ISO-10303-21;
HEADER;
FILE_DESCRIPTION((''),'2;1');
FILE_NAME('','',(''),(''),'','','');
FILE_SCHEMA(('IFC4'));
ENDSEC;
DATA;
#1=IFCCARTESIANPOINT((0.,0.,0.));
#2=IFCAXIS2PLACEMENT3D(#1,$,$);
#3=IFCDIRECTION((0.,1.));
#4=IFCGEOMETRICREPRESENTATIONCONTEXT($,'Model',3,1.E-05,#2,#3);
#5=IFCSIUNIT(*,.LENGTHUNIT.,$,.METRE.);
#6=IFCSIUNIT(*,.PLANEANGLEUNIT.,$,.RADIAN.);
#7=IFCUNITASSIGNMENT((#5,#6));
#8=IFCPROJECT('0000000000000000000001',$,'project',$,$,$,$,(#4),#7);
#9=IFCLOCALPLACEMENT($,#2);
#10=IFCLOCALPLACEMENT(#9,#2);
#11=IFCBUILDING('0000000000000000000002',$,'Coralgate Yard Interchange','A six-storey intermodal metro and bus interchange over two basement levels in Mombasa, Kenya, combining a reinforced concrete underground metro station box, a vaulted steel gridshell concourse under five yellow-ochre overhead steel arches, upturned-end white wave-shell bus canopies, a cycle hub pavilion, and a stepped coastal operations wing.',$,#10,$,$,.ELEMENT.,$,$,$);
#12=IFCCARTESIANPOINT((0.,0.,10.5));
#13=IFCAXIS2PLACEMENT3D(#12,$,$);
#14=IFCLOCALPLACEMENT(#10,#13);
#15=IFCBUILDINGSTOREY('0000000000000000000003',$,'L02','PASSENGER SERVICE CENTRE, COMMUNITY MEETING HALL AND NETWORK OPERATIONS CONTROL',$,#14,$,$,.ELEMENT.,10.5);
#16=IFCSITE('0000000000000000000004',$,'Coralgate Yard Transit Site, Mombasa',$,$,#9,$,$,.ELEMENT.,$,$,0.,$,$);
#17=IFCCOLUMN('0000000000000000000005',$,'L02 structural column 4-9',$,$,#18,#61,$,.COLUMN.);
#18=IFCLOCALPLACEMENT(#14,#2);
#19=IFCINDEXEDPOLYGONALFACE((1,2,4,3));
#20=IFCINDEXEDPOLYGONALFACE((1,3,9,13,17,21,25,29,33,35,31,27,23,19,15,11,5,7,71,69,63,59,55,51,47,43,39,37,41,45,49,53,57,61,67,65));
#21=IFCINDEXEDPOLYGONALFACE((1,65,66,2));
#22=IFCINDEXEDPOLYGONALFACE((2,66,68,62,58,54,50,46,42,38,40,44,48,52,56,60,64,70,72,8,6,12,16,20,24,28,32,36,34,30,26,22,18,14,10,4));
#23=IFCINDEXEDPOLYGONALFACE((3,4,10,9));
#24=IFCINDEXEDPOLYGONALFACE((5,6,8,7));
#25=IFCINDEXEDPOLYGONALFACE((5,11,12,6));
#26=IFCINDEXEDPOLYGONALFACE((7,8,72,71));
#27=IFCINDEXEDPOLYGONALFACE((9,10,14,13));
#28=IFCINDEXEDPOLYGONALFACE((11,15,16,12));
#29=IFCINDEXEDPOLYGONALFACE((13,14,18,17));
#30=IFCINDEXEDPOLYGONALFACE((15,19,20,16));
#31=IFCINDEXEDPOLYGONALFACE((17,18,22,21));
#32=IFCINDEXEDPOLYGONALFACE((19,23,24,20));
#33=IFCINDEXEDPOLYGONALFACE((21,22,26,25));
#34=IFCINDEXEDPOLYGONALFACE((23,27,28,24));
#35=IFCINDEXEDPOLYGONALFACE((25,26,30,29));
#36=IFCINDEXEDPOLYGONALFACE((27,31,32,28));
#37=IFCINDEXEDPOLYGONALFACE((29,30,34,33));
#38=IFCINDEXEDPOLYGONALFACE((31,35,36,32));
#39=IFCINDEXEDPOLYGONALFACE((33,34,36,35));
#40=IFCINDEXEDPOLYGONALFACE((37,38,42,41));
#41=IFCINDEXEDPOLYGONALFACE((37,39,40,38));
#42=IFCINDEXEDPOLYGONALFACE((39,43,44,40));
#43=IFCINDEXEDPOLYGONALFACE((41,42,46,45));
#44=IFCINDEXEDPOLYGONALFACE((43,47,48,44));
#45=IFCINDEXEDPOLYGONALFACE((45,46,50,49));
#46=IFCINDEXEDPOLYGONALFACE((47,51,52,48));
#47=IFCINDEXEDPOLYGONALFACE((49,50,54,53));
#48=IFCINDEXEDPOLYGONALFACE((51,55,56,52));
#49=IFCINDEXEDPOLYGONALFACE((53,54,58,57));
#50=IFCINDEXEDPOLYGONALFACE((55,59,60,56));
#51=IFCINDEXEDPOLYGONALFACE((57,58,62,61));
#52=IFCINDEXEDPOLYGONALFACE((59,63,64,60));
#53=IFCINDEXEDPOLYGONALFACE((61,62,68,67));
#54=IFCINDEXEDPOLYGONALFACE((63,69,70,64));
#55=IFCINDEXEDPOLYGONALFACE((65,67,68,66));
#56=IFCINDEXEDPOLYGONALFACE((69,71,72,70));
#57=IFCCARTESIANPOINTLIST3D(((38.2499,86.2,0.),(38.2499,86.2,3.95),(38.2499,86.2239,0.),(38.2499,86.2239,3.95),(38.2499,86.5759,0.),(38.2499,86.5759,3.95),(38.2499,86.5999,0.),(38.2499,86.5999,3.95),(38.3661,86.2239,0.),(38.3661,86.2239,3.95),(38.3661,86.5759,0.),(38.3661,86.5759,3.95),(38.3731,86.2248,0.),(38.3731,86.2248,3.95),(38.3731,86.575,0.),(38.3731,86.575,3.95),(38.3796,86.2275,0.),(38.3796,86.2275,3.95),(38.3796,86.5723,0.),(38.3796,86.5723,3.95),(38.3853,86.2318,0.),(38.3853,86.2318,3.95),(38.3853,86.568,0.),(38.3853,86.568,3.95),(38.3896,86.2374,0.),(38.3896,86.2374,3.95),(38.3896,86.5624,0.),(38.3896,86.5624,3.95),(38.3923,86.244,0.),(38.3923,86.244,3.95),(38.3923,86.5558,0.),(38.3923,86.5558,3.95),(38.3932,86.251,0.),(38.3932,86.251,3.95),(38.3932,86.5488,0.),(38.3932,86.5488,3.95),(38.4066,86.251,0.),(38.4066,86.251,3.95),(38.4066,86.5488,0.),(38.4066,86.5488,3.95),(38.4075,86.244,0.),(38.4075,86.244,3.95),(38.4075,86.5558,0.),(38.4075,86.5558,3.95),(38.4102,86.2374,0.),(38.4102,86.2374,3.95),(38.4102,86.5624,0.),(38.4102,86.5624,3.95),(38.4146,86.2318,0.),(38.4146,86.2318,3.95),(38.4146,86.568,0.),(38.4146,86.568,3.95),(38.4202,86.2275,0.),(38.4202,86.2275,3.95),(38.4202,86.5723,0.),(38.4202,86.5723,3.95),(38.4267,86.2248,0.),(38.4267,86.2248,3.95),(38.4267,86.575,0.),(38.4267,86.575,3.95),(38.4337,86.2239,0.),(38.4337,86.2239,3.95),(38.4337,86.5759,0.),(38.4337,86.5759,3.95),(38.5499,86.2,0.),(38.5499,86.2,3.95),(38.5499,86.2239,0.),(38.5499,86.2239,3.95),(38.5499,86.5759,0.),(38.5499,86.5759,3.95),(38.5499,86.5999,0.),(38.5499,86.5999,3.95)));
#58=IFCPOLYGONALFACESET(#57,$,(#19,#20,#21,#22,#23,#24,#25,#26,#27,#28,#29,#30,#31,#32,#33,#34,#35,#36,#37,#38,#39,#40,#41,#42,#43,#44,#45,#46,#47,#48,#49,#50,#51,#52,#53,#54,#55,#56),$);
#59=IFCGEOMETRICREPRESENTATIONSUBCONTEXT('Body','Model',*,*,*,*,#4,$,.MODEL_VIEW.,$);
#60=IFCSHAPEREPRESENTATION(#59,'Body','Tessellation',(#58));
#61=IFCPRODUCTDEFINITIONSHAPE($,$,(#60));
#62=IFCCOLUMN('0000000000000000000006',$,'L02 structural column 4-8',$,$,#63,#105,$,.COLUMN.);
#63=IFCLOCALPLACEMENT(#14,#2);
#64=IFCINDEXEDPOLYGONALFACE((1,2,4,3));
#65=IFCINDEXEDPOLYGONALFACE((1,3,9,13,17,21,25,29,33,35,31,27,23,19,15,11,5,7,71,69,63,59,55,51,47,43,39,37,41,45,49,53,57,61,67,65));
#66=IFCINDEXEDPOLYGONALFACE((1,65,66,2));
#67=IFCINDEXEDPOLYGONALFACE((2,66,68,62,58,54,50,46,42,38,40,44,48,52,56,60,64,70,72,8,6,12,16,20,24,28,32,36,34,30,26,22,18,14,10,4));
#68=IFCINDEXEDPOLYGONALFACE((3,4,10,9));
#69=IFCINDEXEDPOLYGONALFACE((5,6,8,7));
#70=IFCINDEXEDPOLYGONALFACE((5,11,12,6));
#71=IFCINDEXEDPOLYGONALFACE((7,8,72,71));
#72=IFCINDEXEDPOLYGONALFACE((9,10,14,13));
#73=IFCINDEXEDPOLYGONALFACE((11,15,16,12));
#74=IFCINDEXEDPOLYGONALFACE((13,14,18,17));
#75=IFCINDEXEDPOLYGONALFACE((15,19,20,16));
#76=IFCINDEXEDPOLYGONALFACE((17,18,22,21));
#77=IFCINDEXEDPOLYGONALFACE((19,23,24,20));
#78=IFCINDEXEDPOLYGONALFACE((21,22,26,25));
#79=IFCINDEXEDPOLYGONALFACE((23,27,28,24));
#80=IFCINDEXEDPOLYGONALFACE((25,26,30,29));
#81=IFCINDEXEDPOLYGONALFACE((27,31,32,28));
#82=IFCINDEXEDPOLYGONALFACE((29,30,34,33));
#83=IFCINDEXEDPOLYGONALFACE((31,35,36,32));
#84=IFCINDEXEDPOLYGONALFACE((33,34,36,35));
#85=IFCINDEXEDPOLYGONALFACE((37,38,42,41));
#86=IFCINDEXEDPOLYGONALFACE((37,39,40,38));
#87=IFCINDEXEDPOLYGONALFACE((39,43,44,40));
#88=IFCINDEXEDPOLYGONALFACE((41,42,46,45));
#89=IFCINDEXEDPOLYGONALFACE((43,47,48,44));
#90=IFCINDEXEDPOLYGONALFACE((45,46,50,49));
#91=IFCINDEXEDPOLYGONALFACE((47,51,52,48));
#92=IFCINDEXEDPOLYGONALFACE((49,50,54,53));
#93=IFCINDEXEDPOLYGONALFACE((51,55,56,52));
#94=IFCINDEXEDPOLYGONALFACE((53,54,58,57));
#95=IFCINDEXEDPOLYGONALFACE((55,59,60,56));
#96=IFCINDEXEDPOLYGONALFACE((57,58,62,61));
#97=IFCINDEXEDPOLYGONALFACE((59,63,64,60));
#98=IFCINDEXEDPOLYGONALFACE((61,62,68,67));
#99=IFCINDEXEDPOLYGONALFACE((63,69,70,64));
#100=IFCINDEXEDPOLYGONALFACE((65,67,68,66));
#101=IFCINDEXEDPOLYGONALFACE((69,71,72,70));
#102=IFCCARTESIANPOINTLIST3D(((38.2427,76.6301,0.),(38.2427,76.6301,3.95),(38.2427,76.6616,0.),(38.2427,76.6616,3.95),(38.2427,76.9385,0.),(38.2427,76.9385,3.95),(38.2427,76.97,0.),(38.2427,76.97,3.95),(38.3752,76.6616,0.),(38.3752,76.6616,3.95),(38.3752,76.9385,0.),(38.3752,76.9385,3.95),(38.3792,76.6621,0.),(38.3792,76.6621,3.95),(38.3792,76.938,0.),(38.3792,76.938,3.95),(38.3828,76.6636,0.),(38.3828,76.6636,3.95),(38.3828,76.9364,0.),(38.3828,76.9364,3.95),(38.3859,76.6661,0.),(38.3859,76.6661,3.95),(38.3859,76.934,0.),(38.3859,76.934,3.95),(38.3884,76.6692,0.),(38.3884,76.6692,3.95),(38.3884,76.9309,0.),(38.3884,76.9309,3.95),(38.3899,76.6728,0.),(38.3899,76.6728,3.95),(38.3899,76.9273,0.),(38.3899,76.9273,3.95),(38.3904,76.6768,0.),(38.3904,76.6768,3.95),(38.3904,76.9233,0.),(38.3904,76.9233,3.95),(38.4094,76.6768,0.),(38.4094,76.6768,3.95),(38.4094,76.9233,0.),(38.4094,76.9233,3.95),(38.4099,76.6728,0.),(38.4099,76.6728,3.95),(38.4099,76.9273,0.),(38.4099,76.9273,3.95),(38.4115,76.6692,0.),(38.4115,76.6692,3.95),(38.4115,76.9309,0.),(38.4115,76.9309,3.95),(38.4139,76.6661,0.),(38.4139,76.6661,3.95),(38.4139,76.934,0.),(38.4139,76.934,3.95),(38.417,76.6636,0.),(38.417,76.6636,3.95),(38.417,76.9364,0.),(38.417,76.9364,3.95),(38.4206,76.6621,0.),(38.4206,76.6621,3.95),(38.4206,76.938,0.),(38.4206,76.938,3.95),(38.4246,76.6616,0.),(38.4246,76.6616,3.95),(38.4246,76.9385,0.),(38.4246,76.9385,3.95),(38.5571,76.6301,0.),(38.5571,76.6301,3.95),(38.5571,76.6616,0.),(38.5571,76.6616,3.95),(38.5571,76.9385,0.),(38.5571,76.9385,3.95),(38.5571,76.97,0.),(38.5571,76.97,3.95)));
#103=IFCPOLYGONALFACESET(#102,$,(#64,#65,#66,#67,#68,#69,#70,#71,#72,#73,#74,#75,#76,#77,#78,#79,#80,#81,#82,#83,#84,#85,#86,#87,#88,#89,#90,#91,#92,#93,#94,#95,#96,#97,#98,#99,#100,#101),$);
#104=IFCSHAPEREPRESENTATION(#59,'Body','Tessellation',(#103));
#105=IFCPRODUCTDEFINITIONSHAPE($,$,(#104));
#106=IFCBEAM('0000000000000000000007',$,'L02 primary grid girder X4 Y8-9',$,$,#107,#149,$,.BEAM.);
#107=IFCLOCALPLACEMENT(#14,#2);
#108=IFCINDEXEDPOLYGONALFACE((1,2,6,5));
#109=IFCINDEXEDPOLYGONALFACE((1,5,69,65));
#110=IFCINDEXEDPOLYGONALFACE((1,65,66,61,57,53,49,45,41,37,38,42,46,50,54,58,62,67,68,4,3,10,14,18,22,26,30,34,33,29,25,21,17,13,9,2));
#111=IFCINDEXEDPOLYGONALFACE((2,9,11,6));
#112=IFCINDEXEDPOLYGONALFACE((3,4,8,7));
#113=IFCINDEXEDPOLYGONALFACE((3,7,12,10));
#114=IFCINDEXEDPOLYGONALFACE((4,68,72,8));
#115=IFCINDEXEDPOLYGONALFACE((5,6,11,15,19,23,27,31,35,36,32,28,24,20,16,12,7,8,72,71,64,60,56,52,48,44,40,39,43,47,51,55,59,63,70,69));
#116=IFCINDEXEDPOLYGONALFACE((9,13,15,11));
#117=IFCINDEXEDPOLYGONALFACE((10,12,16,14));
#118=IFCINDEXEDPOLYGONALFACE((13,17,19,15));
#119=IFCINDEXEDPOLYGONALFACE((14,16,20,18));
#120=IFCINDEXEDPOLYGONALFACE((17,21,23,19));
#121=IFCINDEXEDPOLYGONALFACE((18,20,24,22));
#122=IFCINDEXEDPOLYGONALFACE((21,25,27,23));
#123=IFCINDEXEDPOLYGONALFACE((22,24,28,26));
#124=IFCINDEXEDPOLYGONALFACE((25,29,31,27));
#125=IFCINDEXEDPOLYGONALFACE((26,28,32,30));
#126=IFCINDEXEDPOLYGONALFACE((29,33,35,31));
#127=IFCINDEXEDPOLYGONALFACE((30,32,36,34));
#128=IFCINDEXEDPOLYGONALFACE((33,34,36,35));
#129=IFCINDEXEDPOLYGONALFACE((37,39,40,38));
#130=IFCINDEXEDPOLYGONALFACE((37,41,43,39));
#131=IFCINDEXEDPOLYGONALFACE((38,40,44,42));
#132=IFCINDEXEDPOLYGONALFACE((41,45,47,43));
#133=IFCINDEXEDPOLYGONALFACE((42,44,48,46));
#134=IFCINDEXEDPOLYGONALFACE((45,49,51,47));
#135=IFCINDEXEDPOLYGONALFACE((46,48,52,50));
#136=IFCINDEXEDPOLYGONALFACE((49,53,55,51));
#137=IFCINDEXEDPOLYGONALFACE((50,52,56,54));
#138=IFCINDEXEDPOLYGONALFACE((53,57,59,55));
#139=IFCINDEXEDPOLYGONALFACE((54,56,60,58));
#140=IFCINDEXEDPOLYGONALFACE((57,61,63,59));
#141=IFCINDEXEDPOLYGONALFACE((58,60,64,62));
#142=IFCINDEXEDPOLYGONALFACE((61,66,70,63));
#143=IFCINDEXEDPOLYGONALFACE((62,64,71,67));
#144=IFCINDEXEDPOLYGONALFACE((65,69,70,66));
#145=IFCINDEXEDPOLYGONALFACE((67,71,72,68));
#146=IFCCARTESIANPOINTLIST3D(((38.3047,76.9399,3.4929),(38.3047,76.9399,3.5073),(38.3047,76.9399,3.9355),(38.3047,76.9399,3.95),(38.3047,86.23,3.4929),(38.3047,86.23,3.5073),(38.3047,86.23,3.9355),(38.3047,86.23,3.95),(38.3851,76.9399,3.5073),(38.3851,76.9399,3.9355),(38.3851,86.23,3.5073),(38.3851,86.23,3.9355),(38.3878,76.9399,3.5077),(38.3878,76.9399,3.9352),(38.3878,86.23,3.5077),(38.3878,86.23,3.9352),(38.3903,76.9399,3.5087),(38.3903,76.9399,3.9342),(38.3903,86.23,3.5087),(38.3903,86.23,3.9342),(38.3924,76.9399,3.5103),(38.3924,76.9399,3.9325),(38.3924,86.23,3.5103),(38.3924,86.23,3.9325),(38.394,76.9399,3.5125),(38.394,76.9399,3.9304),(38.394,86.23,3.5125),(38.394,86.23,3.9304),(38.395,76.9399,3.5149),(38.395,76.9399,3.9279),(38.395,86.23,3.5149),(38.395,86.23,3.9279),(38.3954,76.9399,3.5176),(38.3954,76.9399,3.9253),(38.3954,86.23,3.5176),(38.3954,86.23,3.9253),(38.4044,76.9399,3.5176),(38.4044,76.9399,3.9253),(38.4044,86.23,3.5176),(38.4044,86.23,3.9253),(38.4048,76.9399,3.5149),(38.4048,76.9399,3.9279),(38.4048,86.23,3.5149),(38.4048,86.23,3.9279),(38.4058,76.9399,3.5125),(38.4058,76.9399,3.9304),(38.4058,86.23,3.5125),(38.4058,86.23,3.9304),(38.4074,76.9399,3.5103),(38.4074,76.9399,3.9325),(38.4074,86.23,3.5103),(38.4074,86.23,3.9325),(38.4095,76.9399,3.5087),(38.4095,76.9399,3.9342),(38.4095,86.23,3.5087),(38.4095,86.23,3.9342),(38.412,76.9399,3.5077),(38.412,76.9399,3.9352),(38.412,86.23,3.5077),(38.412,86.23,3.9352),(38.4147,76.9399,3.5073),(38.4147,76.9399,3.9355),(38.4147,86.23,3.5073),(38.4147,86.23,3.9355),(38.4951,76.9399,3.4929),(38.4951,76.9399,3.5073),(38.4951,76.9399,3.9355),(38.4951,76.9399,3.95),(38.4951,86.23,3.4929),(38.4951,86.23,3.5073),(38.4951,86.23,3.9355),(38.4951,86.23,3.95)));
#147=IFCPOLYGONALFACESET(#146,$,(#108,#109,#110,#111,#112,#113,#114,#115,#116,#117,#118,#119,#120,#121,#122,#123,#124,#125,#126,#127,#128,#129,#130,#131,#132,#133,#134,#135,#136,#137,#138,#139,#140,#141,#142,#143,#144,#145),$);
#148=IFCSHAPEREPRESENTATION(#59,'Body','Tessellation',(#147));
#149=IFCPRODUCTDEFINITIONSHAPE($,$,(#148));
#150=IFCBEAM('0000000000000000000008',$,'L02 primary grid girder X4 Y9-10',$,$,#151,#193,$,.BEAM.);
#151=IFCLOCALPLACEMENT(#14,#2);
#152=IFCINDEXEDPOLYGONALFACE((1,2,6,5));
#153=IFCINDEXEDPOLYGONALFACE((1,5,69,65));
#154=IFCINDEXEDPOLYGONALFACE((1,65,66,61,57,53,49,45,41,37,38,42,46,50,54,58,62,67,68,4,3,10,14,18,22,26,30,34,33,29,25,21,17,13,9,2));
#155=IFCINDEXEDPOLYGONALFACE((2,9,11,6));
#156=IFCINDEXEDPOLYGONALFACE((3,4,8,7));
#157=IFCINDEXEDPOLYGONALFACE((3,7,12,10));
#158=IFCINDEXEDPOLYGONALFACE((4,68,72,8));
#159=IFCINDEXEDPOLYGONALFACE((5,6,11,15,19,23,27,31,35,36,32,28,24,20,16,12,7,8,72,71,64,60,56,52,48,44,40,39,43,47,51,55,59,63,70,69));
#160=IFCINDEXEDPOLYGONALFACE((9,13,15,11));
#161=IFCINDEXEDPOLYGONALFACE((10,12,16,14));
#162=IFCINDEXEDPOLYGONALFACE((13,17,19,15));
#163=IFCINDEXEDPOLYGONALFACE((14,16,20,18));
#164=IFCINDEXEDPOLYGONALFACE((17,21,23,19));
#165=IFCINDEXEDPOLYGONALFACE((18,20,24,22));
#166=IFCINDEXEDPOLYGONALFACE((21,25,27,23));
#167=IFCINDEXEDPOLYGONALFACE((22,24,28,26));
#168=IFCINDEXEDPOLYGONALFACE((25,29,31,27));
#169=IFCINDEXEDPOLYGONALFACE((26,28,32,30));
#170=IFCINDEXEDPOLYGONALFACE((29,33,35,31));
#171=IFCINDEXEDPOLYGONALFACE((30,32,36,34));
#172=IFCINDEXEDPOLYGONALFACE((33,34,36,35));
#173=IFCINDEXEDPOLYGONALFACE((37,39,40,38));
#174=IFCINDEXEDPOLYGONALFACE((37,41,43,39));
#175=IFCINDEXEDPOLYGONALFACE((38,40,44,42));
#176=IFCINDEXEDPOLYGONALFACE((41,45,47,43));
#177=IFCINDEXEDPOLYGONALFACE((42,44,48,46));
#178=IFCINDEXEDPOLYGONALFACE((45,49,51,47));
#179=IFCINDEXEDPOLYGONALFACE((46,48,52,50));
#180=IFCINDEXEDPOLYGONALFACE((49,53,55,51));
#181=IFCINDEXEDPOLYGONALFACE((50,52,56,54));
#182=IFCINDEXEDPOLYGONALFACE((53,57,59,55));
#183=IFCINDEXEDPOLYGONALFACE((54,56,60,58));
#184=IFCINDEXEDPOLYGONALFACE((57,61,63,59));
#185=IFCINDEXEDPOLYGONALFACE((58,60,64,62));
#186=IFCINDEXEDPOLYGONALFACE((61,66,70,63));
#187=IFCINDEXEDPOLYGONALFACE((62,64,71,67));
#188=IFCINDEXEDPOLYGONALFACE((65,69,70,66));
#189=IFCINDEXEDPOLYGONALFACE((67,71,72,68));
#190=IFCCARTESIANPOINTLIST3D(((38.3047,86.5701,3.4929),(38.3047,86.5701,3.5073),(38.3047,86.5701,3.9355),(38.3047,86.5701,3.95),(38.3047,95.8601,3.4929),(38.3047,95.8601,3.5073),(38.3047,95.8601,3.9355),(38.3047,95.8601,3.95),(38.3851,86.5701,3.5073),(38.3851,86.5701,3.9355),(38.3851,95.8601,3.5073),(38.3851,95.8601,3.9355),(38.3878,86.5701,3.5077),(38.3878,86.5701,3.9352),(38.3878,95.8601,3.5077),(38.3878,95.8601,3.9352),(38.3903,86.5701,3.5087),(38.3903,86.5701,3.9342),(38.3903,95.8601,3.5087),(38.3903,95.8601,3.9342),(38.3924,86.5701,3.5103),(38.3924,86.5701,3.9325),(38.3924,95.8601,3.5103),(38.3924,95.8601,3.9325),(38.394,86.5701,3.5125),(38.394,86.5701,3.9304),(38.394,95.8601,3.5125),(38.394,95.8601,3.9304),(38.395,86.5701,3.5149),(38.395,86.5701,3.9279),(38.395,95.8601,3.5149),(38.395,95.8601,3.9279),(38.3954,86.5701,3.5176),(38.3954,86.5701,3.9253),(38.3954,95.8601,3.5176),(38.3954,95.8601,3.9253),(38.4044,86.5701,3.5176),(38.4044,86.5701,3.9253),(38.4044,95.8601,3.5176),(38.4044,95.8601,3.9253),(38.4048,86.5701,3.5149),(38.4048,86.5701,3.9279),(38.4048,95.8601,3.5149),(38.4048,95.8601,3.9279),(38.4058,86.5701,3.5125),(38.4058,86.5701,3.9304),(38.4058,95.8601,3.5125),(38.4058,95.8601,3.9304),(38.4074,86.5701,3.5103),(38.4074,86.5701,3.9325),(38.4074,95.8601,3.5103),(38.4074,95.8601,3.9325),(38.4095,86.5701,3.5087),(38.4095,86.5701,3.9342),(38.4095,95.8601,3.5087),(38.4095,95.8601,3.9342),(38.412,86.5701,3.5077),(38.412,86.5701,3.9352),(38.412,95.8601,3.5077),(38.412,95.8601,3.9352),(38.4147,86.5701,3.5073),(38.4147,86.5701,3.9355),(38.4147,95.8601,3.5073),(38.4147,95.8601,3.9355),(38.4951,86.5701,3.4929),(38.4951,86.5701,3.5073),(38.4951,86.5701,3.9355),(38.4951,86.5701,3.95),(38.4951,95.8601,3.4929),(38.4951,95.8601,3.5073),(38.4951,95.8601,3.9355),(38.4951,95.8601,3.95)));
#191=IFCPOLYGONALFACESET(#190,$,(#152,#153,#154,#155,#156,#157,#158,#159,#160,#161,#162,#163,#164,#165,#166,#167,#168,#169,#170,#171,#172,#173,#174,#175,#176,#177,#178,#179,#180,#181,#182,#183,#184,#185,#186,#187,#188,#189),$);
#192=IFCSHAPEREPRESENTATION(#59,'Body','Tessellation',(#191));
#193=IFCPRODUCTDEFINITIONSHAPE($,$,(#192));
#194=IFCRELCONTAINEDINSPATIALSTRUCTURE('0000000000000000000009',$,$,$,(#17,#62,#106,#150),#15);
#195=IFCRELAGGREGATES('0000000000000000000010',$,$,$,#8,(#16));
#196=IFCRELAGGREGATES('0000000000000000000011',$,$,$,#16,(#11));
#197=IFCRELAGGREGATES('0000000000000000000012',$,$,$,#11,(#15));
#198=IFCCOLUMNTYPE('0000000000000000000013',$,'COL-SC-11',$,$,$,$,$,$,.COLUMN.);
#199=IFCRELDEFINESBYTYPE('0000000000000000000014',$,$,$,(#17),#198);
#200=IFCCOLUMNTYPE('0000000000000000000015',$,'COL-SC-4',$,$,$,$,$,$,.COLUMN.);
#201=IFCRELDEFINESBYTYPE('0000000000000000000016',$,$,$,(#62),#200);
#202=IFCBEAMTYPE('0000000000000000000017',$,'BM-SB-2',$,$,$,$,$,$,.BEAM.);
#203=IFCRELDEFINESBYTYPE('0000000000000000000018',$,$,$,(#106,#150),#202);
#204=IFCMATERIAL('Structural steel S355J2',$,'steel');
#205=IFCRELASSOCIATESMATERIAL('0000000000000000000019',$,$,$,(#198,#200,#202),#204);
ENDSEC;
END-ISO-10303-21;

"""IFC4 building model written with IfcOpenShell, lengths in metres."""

from ifc_helpers import new_model, si_unit, direction, frame, origin, origin_2d, place, context, subcontext, project, spatial, i_section, extrude, material, material_profile, profile_set, type_object, element, save


model = new_model("IFC4")

# Units and contexts
model_context = context("Model", 3, precision=1e-05, world=origin(), true_north=direction((0.0, 1.0)))
body_context = subcontext(model_context, "Body", "Model", "MODEL_VIEW")
ifc_project = project(units=[si_unit("LENGTHUNIT", "METRE"), si_unit("PLANEANGLEUNIT", "RADIAN")], contexts=[model_context])

# Site, building, storey
site_placement = place(None, origin())
site = spatial("IfcSite", under=ifc_project, at=site_placement, Name="Coralgate Yard Transit Site, Mombasa", CompositionType="ELEMENT", RefElevation=0.0)
building_placement = place(site_placement, origin())
building = spatial("IfcBuilding", under=site, at=building_placement, Name="Coralgate Yard Interchange", Description="A six-storey intermodal metro and bus interchange over two basement levels in Mombasa, Kenya, combining a reinforced concrete underground metro station box, a vaulted steel gridshell concourse under five yellow-ochre overhead steel arches, upturned-end white wave-shell bus canopies, a cycle hub pavilion, and a stepped coastal operations wing.", CompositionType="ELEMENT")
storey_placement = place(building_placement, frame((0.0, 0.0, 10.5)))
storey = spatial("IfcBuildingStorey", under=building, at=storey_placement, Name="L02", Description="PASSENGER SERVICE CENTRE, COMMUNITY MEETING HALL AND NETWORK OPERATIONS CONTROL", CompositionType="ELEMENT", Elevation=10.5)

# Columns
ifc_material_1 = material(Name="Structural steel S355J2", Category="steel")
ifc_material_profile_1 = material_profile(ifc_material_1, i_section(OverallWidth=0.3, OverallDepth=0.3999, WebThickness=0.0134, FlangeThickness=0.0239, FilletRadius=0.0271, at=origin_2d()), Name="HEB 400")
ifc_profile_set_1 = profile_set([ifc_material_profile_1], Name="Structural steel S355J2")
column_type_1 = type_object("IfcColumnType", Name="COL-SC-11", PredefinedType="COLUMN", material=ifc_profile_set_1)
column_1_placement = place(storey_placement, frame((38.3999, 86.3999, 0.0), z_axis=(0.0, 0.0, 1.0), x_axis=(1.0, 0.0, 0.0)))
element("IfcColumn", 1, at=column_1_placement, inside=storey, type_object=column_type_1, Name="L02 structural column 4-9", PredefinedType="COLUMN", context=body_context, shape_type="SweptSolid", body=[
    extrude(i_section(OverallWidth=0.3, OverallDepth=0.3999, WebThickness=0.0134, FlangeThickness=0.0239, FilletRadius=0.0271, at=origin_2d()), origin(), (0.0, 0.0, 1.0), 3.95),
])
ifc_material_profile_2 = material_profile(ifc_material_1, i_section(OverallWidth=0.3145, OverallDepth=0.3398, WebThickness=0.019, FlangeThickness=0.0315, FilletRadius=0.0151, at=origin_2d()), Name="UC 305x305x198")
ifc_profile_set_2 = profile_set([ifc_material_profile_2], Name="Structural steel S355J2")
column_type_2 = type_object("IfcColumnType", Name="COL-SC-4", PredefinedType="COLUMN", material=ifc_profile_set_2)
column_2_placement = place(storey_placement, frame((38.3999, 76.8, 0.0), z_axis=(0.0, 0.0, 1.0), x_axis=(1.0, 0.0, 0.0)))
element("IfcColumn", 2, at=column_2_placement, inside=storey, type_object=column_type_2, Name="L02 structural column 4-8", PredefinedType="COLUMN", context=body_context, shape_type="SweptSolid", body=[
    extrude(i_section(OverallWidth=0.3145, OverallDepth=0.3398, WebThickness=0.019, FlangeThickness=0.0315, FilletRadius=0.0151, at=origin_2d()), origin(), (0.0, 0.0, 1.0), 3.95),
])

# Beams
ifc_material_profile_3 = material_profile(ifc_material_1, i_section(OverallWidth=0.1904, OverallDepth=0.457, WebThickness=0.009, FlangeThickness=0.0144, FilletRadius=0.0103, at=origin_2d()), Name="UB 457x191x74")
ifc_profile_set_3 = profile_set([ifc_material_profile_3], Name="Structural steel S355J2")
beam_type_1 = type_object("IfcBeamType", Name="BM-SB-2", PredefinedType="BEAM", material=ifc_profile_set_3)
for number, where, z_axis, x_axis, name in (
    (3, (38.3999, 76.9399, 3.7214), (0.0, 1.0, 0.0), (-1.0, 0.0, 0.0), "L02 primary grid girder X4 Y8-9"),
    (4, (38.3999, 86.5701, 3.7214), (0.0, 1.0, 0.0), (-1.0, 0.0, 0.0), "L02 primary grid girder X4 Y9-10"),
):
    element("IfcBeam", number, at=place(storey_placement, frame(where, z_axis=z_axis, x_axis=x_axis)), inside=storey, type_object=beam_type_1, Name=name, PredefinedType="BEAM", context=body_context, shape_type="SweptSolid", body=[
        extrude(i_section(OverallWidth=0.1904, OverallDepth=0.457, WebThickness=0.009, FlangeThickness=0.0144, FilletRadius=0.0103, at=origin_2d()), origin(), (0.0, 0.0, 1.0), 9.29),
    ])

save(model, "model.ifc")
